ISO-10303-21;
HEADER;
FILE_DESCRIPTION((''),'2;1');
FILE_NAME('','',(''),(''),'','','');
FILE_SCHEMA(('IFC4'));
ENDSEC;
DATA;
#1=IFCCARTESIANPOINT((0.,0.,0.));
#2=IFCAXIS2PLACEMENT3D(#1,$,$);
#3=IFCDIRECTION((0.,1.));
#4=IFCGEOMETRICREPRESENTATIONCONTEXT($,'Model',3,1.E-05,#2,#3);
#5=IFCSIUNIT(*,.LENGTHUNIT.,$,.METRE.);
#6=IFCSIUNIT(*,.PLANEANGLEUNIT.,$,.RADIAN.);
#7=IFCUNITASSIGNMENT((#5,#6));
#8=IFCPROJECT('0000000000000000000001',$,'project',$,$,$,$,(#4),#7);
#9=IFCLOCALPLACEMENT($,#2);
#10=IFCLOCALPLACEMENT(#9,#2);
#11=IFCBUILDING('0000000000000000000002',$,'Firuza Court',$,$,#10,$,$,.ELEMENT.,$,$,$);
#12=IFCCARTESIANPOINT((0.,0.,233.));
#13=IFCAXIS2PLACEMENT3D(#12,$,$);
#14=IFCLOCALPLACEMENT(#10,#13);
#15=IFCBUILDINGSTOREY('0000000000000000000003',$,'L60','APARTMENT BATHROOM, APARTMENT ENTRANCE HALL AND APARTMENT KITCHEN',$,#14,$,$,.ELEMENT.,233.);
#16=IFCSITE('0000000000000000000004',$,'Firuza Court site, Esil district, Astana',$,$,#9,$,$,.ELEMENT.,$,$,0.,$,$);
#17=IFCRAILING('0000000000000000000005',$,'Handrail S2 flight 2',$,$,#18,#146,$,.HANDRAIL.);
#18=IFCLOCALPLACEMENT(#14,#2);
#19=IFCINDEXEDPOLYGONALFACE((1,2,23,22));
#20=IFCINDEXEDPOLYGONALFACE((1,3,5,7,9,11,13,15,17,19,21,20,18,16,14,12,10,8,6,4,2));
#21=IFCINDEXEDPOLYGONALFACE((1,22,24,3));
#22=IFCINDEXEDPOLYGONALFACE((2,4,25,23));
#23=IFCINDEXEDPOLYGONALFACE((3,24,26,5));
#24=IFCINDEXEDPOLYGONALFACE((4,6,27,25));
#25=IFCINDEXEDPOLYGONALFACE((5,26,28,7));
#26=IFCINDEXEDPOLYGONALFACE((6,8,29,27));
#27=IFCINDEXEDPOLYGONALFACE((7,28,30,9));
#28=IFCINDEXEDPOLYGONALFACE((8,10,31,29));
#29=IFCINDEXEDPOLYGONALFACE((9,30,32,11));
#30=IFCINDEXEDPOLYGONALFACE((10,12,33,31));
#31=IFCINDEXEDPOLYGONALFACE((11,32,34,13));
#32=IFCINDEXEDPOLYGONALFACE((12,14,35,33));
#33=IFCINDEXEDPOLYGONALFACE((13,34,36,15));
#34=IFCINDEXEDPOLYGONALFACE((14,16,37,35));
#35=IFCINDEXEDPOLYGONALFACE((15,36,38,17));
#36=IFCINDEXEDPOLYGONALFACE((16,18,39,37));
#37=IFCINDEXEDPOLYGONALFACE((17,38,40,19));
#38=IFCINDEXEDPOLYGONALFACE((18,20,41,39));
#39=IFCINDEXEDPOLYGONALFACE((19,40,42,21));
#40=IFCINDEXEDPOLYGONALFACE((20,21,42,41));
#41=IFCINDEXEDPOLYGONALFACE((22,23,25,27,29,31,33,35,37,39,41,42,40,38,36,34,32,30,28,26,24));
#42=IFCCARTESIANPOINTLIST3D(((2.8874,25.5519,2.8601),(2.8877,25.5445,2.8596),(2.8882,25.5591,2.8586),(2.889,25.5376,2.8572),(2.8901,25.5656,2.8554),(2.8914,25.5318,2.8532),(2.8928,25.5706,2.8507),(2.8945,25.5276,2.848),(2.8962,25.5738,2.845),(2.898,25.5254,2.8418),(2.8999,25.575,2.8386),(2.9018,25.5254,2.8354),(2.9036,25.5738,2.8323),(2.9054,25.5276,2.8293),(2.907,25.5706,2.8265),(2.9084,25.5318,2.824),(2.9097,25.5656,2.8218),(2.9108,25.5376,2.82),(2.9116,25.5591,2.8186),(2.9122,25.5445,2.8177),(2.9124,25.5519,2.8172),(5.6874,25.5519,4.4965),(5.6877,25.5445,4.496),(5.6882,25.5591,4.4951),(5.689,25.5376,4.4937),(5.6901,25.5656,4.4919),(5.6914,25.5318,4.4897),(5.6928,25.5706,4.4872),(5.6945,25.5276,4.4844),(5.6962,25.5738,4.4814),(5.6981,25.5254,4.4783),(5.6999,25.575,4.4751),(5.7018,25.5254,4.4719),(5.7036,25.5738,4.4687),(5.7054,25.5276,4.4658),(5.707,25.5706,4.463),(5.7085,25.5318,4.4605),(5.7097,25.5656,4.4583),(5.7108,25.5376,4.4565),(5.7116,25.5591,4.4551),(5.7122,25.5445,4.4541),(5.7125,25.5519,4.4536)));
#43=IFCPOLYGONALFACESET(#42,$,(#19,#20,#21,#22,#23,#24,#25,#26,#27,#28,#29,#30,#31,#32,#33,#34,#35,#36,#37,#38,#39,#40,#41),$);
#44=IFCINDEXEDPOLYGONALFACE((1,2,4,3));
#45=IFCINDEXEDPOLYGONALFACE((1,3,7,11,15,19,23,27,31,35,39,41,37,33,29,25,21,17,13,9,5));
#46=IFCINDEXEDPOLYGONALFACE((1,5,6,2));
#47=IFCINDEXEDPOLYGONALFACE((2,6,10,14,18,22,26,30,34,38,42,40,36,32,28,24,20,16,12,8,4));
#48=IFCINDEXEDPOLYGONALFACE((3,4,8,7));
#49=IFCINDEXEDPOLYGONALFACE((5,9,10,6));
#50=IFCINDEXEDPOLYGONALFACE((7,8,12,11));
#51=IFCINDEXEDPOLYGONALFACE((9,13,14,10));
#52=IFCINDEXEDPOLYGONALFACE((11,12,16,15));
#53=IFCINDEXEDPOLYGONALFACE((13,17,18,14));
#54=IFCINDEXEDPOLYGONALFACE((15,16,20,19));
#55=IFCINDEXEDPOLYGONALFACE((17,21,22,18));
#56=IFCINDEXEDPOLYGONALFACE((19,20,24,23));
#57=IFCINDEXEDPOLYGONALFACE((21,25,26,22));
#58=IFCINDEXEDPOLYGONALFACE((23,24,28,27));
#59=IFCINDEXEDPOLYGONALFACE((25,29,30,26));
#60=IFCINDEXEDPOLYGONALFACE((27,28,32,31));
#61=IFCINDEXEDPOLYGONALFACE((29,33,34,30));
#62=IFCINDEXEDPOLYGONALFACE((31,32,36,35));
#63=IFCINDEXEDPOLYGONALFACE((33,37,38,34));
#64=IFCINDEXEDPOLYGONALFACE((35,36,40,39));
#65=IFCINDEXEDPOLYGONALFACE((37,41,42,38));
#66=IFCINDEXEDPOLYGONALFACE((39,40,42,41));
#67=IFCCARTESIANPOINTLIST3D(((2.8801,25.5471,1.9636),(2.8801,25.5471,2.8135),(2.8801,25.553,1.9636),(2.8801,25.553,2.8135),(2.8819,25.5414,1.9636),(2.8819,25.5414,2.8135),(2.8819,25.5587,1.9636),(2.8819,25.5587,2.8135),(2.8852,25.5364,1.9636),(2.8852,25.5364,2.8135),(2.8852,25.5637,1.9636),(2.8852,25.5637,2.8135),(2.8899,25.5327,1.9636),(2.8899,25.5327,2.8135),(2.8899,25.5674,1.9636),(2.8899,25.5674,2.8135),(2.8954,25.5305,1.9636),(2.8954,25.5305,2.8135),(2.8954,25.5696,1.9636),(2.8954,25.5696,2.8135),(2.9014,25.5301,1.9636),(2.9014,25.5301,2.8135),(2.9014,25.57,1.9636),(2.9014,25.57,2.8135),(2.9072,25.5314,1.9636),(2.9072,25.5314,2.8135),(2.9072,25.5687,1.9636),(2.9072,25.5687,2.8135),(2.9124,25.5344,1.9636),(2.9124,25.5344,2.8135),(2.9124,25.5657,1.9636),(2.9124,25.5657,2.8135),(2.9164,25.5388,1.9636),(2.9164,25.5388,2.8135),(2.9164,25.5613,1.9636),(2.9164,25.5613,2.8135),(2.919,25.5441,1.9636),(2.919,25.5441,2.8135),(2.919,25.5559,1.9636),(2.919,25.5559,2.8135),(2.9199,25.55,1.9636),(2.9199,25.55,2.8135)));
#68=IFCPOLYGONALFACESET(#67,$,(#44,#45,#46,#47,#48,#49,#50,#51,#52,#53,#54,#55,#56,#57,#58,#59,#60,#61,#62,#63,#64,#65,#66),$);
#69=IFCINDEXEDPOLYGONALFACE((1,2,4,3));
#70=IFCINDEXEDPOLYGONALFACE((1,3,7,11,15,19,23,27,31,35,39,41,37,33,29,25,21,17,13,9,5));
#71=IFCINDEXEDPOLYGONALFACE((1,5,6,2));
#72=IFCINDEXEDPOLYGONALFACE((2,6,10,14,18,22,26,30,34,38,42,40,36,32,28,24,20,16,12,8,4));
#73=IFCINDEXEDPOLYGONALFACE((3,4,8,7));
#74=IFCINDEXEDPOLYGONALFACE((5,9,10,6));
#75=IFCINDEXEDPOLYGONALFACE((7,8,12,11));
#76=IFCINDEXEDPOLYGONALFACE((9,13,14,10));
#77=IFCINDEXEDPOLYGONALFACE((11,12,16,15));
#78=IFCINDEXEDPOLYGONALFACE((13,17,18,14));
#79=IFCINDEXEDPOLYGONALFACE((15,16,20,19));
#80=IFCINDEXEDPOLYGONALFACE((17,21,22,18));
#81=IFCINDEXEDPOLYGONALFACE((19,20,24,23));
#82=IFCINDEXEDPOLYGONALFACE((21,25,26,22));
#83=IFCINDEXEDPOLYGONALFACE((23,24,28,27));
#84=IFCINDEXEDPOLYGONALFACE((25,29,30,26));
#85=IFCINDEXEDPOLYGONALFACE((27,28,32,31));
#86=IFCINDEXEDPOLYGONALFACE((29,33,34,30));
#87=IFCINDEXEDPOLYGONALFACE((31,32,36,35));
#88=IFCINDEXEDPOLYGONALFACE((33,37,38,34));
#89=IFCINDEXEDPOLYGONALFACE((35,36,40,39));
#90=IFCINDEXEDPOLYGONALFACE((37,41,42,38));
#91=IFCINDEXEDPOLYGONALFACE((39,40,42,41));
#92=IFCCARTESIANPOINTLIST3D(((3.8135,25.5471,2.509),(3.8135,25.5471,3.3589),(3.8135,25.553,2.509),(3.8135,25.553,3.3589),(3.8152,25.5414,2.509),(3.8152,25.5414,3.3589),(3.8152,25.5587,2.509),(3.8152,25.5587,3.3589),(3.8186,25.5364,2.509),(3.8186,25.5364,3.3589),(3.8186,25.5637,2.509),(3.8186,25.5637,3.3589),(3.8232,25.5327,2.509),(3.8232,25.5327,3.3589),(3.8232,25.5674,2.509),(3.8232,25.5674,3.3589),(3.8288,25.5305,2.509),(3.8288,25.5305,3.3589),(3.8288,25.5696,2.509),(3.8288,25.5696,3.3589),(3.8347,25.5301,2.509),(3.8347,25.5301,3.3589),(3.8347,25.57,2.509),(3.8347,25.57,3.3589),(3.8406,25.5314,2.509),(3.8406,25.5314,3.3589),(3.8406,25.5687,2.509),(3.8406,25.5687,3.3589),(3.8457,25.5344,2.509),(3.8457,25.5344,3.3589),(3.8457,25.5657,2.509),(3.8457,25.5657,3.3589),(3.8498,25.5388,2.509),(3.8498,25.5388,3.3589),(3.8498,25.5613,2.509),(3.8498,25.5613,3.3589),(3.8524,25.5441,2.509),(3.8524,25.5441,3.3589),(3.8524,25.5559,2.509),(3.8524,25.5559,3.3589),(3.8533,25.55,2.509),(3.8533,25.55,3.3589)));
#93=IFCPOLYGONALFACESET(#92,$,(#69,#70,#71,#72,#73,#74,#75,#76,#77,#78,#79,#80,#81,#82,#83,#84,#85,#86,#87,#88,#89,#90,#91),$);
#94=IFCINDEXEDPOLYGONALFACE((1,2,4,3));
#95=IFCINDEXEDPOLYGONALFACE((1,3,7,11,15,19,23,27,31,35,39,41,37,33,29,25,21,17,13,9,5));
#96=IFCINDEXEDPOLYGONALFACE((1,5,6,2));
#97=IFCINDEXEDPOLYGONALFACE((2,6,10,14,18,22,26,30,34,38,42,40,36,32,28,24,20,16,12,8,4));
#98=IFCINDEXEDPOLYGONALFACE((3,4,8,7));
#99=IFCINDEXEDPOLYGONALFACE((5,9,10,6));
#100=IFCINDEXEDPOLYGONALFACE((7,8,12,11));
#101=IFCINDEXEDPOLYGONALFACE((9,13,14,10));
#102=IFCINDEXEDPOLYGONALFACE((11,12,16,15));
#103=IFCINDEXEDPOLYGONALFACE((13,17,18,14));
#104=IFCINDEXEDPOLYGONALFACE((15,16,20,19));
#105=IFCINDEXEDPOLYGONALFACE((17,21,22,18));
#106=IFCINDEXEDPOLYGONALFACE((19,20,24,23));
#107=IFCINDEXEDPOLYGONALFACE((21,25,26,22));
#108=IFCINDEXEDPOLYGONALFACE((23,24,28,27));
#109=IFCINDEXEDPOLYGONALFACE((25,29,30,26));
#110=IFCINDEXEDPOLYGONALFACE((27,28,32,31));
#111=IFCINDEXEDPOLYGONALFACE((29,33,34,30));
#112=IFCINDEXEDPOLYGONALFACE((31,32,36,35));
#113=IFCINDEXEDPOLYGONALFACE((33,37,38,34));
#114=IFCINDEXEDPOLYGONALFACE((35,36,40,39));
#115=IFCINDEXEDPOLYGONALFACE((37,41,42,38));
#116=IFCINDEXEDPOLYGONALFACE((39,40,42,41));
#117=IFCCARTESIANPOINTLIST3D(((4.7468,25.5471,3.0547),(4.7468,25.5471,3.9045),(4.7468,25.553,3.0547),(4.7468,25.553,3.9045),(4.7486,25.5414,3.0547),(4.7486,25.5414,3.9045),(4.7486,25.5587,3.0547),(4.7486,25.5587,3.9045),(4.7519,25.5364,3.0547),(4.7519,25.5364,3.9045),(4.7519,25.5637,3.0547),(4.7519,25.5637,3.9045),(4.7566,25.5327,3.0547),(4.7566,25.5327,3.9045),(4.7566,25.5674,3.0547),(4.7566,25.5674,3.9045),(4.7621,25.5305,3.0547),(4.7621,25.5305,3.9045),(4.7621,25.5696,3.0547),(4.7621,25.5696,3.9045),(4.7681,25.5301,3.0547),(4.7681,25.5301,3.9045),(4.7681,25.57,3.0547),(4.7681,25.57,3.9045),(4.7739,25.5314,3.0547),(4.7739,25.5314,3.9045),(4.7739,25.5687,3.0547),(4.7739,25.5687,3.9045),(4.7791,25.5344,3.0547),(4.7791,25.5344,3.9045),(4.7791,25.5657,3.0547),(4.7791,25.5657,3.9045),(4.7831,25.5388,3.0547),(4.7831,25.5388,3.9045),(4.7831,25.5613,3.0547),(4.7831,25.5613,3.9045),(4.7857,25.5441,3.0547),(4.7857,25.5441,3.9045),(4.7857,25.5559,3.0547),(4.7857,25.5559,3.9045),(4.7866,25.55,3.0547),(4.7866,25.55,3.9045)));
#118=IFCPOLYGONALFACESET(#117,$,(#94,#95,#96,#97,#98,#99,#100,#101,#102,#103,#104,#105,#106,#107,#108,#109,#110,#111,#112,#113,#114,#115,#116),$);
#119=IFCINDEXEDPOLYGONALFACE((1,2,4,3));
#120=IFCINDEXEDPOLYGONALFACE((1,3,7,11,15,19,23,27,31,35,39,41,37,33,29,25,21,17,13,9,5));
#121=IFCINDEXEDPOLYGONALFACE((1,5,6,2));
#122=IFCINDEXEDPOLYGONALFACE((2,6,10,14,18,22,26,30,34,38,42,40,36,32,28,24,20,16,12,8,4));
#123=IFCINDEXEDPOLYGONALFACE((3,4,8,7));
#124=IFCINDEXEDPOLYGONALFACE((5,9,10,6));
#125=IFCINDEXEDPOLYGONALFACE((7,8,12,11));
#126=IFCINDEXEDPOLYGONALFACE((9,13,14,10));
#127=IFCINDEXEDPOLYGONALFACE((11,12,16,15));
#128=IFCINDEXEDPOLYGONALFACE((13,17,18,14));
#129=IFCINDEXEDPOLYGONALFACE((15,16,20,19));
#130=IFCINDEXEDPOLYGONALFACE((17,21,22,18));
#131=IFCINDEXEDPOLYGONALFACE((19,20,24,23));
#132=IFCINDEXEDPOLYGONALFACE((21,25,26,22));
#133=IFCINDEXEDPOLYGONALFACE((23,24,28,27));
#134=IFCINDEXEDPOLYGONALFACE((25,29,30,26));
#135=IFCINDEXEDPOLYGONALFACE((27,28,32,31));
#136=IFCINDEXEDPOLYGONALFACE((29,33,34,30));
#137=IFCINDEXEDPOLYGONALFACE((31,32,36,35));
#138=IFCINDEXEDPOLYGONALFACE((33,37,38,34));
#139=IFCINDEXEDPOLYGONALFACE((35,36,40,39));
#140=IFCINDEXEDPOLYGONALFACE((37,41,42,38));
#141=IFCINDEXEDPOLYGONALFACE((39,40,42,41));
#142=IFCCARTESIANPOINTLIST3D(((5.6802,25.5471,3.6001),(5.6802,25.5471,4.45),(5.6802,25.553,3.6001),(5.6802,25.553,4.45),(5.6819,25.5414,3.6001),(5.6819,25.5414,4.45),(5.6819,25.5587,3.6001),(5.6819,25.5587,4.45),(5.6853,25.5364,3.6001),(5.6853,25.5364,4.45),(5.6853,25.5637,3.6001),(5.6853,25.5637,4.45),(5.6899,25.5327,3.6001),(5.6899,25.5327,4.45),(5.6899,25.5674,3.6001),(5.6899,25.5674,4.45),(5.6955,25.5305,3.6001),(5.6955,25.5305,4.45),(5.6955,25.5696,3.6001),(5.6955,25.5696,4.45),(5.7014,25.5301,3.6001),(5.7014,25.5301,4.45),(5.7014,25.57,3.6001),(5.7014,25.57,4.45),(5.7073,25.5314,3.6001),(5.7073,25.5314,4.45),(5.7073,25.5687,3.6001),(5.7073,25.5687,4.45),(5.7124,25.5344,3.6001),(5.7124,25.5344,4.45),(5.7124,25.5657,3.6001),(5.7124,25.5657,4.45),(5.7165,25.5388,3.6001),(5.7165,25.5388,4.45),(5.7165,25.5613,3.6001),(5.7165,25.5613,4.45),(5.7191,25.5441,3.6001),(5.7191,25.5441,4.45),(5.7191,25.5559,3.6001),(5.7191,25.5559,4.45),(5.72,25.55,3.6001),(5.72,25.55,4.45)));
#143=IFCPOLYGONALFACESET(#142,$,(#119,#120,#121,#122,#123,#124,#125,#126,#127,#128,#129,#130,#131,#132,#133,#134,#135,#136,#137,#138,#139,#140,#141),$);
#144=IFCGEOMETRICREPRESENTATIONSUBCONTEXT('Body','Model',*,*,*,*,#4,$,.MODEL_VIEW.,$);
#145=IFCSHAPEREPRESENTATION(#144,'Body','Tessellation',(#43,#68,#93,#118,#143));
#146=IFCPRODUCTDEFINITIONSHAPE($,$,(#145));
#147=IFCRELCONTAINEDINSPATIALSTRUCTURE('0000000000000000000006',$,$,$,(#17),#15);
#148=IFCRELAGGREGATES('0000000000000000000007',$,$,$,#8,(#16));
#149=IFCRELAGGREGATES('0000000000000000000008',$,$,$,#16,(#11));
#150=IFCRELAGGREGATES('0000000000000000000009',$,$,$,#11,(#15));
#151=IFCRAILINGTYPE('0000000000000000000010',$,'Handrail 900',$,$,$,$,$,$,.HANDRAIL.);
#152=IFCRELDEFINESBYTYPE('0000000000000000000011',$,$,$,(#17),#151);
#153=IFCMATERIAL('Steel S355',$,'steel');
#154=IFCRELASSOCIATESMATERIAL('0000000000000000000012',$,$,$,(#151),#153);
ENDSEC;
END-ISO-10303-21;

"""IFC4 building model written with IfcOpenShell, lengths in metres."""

from ifc_helpers import new_model, si_unit, direction, frame, origin, origin_2d, place, context, subcontext, project, spatial, circle, extrude, material, type_object, element, save


model = new_model("IFC4")

# Units and contexts
model_context = context("Model", 3, precision=1e-05, world=origin(), true_north=direction((0.0, 1.0)))
body_context = subcontext(model_context, "Body", "Model", "MODEL_VIEW")
ifc_project = project(units=[si_unit("LENGTHUNIT", "METRE"), si_unit("PLANEANGLEUNIT", "RADIAN")], contexts=[model_context])

# Site, building, storey
site_placement = place(None, origin())
site = spatial("IfcSite", under=ifc_project, at=site_placement, Name="Firuza Court site, Esil district, Astana", CompositionType="ELEMENT", RefElevation=0.0)
building_placement = place(site_placement, origin())
building = spatial("IfcBuilding", under=site, at=building_placement, Name="Firuza Court", CompositionType="ELEMENT")
storey_placement = place(building_placement, frame((0.0, 0.0, 233.0)))
storey = spatial("IfcBuildingStorey", under=building, at=storey_placement, Name="L60", Description="APARTMENT BATHROOM, APARTMENT ENTRANCE HALL AND APARTMENT KITCHEN", CompositionType="ELEMENT", Elevation=233.0)

# Railing
ifc_material_1 = material(Name="Steel S355", Category="steel")
railing_type = type_object("IfcRailingType", Name="Handrail 900", PredefinedType="HANDRAIL", material=ifc_material_1)
railing_placement = place(storey_placement, frame((2.8999, 25.55, 1.9636)))
element("IfcRailing", 1, at=railing_placement, inside=storey, type_object=railing_type, Name="Handrail S2 flight 2", PredefinedType="HANDRAIL", context=body_context, shape_type="SweptSolid", body=[
    extrude(circle(Radius=0.0249, at=origin_2d()), frame((0.0, 0.0, 0.875), z_axis=(0.863361, 0.0, 0.504587), x_axis=(0.0, 1.0, 0.0)), (0.0, 0.0, 1.0), 3.2432),
    extrude(circle(Radius=0.02, at=origin_2d()), origin(), (0.0, 0.0, 1.0), 0.8499),
    extrude(circle(Radius=0.02, at=origin_2d()), frame((0.9333, 0.0, 0.5454)), (0.0, 0.0, 1.0), 0.8499),
    extrude(circle(Radius=0.02, at=origin_2d()), frame((1.8667, 0.0, 1.0911)), (0.0, 0.0, 1.0), 0.8499),
    extrude(circle(Radius=0.02, at=origin_2d()), frame((2.8, 0.0, 1.6365)), (0.0, 0.0, 1.0), 0.8499),
])

save(model, "model.ifc")
